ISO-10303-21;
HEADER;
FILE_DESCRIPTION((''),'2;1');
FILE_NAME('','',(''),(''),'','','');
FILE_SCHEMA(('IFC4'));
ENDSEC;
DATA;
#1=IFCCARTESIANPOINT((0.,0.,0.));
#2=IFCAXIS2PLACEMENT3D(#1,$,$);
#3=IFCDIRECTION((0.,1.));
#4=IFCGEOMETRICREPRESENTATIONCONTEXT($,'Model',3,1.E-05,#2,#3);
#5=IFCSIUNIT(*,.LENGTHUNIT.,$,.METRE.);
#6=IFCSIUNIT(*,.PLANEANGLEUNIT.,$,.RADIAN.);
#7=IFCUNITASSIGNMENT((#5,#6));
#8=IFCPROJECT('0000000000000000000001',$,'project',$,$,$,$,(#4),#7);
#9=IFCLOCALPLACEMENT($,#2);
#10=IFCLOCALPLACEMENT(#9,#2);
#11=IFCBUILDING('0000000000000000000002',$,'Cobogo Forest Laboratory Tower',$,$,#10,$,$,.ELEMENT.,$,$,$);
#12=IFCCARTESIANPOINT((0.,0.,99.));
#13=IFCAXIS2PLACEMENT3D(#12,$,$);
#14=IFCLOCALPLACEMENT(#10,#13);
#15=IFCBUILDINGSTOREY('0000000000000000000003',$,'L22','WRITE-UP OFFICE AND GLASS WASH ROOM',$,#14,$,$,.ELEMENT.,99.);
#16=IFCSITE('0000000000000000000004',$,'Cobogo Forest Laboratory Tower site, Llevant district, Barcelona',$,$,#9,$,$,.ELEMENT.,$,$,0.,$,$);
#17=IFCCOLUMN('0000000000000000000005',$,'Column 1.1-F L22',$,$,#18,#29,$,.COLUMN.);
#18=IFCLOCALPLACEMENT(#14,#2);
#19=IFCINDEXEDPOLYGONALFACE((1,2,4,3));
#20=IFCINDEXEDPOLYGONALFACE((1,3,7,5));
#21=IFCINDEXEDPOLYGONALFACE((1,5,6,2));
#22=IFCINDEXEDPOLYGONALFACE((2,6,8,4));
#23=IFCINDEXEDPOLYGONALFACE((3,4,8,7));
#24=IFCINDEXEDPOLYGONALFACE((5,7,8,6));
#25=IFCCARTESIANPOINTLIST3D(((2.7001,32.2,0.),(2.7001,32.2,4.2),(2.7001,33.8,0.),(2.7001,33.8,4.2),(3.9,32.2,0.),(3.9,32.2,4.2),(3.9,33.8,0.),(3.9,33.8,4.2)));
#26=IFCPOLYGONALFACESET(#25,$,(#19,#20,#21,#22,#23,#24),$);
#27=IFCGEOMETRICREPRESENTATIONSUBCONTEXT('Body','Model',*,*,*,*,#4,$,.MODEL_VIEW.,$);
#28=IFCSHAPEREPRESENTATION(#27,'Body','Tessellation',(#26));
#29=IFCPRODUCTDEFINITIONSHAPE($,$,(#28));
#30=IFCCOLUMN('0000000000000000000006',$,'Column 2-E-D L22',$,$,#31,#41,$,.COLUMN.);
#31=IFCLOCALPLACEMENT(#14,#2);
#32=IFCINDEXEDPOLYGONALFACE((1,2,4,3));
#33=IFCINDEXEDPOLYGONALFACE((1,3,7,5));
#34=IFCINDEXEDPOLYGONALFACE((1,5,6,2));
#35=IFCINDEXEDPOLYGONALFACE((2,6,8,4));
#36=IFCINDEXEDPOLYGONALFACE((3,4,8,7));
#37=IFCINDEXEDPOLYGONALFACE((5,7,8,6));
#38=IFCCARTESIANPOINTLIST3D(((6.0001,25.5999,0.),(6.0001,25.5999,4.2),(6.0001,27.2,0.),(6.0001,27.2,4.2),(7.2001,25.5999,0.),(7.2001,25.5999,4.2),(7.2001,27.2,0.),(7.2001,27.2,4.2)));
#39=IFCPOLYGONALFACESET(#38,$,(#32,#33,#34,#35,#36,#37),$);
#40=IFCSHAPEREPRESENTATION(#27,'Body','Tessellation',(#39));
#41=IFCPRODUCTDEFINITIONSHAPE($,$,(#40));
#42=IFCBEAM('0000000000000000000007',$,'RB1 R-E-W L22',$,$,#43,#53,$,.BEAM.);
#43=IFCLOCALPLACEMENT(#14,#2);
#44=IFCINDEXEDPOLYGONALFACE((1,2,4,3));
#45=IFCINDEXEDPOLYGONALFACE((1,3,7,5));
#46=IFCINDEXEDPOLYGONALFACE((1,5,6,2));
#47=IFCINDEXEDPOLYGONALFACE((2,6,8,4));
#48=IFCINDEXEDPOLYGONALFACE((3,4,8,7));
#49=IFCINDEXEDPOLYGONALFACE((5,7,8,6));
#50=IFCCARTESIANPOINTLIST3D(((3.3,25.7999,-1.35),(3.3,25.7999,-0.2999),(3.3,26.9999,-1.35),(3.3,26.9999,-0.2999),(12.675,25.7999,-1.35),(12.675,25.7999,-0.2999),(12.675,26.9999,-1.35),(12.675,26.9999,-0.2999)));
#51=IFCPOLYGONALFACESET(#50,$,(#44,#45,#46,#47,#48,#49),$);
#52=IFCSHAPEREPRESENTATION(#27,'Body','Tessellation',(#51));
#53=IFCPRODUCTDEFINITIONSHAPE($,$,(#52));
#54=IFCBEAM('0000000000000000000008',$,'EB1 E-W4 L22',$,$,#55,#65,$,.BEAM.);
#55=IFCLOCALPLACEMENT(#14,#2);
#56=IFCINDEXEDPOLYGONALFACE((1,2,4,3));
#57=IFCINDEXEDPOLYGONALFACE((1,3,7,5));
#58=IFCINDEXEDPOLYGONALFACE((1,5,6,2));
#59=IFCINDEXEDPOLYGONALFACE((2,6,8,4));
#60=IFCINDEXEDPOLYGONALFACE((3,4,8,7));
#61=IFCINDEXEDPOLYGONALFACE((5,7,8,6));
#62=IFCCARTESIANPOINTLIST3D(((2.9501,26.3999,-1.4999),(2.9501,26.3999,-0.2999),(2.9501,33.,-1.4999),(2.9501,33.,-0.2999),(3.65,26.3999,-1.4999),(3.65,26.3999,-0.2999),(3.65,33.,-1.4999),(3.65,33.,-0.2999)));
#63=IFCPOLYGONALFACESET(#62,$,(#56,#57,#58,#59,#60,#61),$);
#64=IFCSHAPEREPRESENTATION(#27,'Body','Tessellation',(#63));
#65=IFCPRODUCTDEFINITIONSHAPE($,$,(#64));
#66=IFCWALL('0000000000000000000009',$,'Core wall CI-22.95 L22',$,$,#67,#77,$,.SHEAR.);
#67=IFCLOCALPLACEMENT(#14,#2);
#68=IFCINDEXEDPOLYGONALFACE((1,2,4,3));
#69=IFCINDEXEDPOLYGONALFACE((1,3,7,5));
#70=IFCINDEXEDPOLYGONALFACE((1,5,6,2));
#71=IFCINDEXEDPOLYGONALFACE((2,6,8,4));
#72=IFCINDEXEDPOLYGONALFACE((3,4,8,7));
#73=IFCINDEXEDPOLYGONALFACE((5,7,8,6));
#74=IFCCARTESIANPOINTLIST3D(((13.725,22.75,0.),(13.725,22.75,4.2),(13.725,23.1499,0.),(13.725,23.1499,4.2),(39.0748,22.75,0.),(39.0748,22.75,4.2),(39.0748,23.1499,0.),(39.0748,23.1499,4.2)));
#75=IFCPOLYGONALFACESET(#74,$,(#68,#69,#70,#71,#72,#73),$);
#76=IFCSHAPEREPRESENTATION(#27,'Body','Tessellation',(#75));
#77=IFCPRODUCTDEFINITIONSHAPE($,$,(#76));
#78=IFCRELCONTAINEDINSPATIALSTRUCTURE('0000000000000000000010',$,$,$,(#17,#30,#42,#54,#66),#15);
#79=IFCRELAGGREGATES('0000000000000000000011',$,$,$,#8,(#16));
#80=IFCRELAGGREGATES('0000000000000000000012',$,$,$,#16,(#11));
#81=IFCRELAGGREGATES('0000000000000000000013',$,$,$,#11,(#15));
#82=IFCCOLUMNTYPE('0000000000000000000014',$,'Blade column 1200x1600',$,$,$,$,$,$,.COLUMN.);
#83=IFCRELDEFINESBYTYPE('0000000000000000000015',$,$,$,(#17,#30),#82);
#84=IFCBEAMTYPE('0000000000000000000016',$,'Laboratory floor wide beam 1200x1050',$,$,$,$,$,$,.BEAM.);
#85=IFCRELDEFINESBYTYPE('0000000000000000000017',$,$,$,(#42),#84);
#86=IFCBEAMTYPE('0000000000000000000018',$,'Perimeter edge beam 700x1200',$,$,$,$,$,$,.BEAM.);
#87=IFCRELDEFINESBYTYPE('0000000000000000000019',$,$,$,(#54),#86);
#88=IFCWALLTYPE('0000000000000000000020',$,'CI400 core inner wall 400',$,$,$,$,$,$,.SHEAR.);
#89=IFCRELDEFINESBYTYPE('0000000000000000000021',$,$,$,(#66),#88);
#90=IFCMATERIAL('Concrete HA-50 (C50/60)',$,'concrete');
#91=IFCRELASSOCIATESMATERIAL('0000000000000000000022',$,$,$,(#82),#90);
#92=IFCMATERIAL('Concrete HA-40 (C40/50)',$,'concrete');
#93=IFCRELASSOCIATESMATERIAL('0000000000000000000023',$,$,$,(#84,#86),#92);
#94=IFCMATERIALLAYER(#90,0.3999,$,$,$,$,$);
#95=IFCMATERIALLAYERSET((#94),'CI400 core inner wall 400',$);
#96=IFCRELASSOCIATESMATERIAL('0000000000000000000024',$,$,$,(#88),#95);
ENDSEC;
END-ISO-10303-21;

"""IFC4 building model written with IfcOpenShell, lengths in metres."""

from ifc_helpers import new_model, si_unit, direction, frame, frame_2d, origin, origin_2d, place, context, subcontext, project, spatial, rectangle, extrude, material, layer, layer_set, material_profile, profile_set, type_object, element, save


model = new_model("IFC4")

# Units and contexts
model_context = context("Model", 3, precision=1e-05, world=origin(), true_north=direction((0.0, 1.0)))
body_context = subcontext(model_context, "Body", "Model", "MODEL_VIEW")
ifc_project = project(units=[si_unit("LENGTHUNIT", "METRE"), si_unit("PLANEANGLEUNIT", "RADIAN")], contexts=[model_context])

# Site, building, storey
site_placement = place(None, origin())
site = spatial("IfcSite", under=ifc_project, at=site_placement, Name="Cobogo Forest Laboratory Tower site, Llevant district, Barcelona", CompositionType="ELEMENT", RefElevation=0.0)
building_placement = place(site_placement, origin())
building = spatial("IfcBuilding", under=site, at=building_placement, Name="Cobogo Forest Laboratory Tower", CompositionType="ELEMENT")
storey_placement = place(building_placement, frame((0.0, 0.0, 99.0)))
storey = spatial("IfcBuildingStorey", under=building, at=storey_placement, Name="L22", Description="WRITE-UP OFFICE AND GLASS WASH ROOM", CompositionType="ELEMENT", Elevation=99.0)

# Columns
ifc_material_1 = material(Name="Concrete HA-50 (C50/60)", Category="concrete")
ifc_material_profile_1 = material_profile(ifc_material_1, rectangle(XDim=1.6001, YDim=1.2, at=origin_2d()), Name="RC 1200x1600")
ifc_profile_set_1 = profile_set([ifc_material_profile_1], Name="Concrete HA-50 (C50/60)")
column_type = type_object("IfcColumnType", Name="Blade column 1200x1600", PredefinedType="COLUMN", material=ifc_profile_set_1)
for number, where, z_axis, x_axis, name in (
    (1, (3.3, 33.0, 0.0), (0.0, 0.0, 1.0), (0.0, 1.0, 0.0), "Column 1.1-F L22"),
    (2, (6.6001, 26.3999, 0.0), (0.0, 0.0, 1.0), (0.0, 1.0, 0.0), "Column 2-E-D L22"),
):
    element("IfcColumn", number, at=place(storey_placement, frame(where, z_axis=z_axis, x_axis=x_axis)), inside=storey, type_object=column_type, Name=name, PredefinedType="COLUMN", context=body_context, shape_type="SweptSolid", body=[
        extrude(rectangle(XDim=1.6001, YDim=1.2, at=origin_2d()), origin(), (0.0, 0.0, 1.0), 4.2),
    ])

# Beams
ifc_material_2 = material(Name="Concrete HA-40 (C40/50)", Category="concrete")
ifc_material_profile_2 = material_profile(ifc_material_2, rectangle(XDim=1.2, YDim=1.05, at=origin_2d()), Name="RC 1200x1050")
ifc_profile_set_2 = profile_set([ifc_material_profile_2], Name="Concrete HA-40 (C40/50)")
beam_type_1 = type_object("IfcBeamType", Name="Laboratory floor wide beam 1200x1050", PredefinedType="BEAM", material=ifc_profile_set_2)
beam_1_placement = place(storey_placement, frame((12.675, 26.3999, -0.825), z_axis=(-1.0, 0.0, 0.0), x_axis=(0.0, -1.0, 0.0)))
element("IfcBeam", 3, at=beam_1_placement, inside=storey, type_object=beam_type_1, Name="RB1 R-E-W L22", PredefinedType="BEAM", context=body_context, shape_type="SweptSolid", body=[
    extrude(rectangle(XDim=1.2, YDim=1.05, at=origin_2d()), origin(), (0.0, 0.0, 1.0), 9.375),
])
ifc_material_profile_3 = material_profile(ifc_material_2, rectangle(XDim=0.7, YDim=1.2, at=origin_2d()), Name="RC 700x1200")
ifc_profile_set_3 = profile_set([ifc_material_profile_3], Name="Concrete HA-40 (C40/50)")
beam_type_2 = type_object("IfcBeamType", Name="Perimeter edge beam 700x1200", PredefinedType="BEAM", material=ifc_profile_set_3)
beam_2_placement = place(storey_placement, frame((3.3, 26.3999, -0.8999), z_axis=(0.0, 1.0, 0.0), x_axis=(-1.0, 0.0, 0.0)))
element("IfcBeam", 4, at=beam_2_placement, inside=storey, type_object=beam_type_2, Name="EB1 E-W4 L22", PredefinedType="BEAM", context=body_context, shape_type="SweptSolid", body=[
    extrude(rectangle(XDim=0.7, YDim=1.2, at=origin_2d()), origin(), (0.0, 0.0, 1.0), 6.6001),
])

# Wall
ifc_layer_1 = layer(ifc_material_1, 0.3999)
ifc_layer_set_1 = layer_set([ifc_layer_1], Name="CI400 core inner wall 400")
wall_type_1 = type_object("IfcWallType", Name="CI400 core inner wall 400", PredefinedType="SHEAR", material=ifc_layer_set_1)
wall_1_placement = place(storey_placement, frame((13.7251, 22.95, 0.0), z_axis=(0.0, 0.0, 1.0), x_axis=(1.0, 0.0, 0.0)))
element("IfcWall", 5, at=wall_1_placement, inside=storey, type_object=wall_type_1, Name="Core wall CI-22.95 L22", PredefinedType="SHEAR", context=body_context, shape_type="SweptSolid", body=[
    extrude(rectangle(XDim=25.3499, YDim=0.3999, at=frame_2d((12.6748, 0.0))), origin(), (0.0, 0.0, 1.0), 4.2),
])

save(model, "model.ifc")
